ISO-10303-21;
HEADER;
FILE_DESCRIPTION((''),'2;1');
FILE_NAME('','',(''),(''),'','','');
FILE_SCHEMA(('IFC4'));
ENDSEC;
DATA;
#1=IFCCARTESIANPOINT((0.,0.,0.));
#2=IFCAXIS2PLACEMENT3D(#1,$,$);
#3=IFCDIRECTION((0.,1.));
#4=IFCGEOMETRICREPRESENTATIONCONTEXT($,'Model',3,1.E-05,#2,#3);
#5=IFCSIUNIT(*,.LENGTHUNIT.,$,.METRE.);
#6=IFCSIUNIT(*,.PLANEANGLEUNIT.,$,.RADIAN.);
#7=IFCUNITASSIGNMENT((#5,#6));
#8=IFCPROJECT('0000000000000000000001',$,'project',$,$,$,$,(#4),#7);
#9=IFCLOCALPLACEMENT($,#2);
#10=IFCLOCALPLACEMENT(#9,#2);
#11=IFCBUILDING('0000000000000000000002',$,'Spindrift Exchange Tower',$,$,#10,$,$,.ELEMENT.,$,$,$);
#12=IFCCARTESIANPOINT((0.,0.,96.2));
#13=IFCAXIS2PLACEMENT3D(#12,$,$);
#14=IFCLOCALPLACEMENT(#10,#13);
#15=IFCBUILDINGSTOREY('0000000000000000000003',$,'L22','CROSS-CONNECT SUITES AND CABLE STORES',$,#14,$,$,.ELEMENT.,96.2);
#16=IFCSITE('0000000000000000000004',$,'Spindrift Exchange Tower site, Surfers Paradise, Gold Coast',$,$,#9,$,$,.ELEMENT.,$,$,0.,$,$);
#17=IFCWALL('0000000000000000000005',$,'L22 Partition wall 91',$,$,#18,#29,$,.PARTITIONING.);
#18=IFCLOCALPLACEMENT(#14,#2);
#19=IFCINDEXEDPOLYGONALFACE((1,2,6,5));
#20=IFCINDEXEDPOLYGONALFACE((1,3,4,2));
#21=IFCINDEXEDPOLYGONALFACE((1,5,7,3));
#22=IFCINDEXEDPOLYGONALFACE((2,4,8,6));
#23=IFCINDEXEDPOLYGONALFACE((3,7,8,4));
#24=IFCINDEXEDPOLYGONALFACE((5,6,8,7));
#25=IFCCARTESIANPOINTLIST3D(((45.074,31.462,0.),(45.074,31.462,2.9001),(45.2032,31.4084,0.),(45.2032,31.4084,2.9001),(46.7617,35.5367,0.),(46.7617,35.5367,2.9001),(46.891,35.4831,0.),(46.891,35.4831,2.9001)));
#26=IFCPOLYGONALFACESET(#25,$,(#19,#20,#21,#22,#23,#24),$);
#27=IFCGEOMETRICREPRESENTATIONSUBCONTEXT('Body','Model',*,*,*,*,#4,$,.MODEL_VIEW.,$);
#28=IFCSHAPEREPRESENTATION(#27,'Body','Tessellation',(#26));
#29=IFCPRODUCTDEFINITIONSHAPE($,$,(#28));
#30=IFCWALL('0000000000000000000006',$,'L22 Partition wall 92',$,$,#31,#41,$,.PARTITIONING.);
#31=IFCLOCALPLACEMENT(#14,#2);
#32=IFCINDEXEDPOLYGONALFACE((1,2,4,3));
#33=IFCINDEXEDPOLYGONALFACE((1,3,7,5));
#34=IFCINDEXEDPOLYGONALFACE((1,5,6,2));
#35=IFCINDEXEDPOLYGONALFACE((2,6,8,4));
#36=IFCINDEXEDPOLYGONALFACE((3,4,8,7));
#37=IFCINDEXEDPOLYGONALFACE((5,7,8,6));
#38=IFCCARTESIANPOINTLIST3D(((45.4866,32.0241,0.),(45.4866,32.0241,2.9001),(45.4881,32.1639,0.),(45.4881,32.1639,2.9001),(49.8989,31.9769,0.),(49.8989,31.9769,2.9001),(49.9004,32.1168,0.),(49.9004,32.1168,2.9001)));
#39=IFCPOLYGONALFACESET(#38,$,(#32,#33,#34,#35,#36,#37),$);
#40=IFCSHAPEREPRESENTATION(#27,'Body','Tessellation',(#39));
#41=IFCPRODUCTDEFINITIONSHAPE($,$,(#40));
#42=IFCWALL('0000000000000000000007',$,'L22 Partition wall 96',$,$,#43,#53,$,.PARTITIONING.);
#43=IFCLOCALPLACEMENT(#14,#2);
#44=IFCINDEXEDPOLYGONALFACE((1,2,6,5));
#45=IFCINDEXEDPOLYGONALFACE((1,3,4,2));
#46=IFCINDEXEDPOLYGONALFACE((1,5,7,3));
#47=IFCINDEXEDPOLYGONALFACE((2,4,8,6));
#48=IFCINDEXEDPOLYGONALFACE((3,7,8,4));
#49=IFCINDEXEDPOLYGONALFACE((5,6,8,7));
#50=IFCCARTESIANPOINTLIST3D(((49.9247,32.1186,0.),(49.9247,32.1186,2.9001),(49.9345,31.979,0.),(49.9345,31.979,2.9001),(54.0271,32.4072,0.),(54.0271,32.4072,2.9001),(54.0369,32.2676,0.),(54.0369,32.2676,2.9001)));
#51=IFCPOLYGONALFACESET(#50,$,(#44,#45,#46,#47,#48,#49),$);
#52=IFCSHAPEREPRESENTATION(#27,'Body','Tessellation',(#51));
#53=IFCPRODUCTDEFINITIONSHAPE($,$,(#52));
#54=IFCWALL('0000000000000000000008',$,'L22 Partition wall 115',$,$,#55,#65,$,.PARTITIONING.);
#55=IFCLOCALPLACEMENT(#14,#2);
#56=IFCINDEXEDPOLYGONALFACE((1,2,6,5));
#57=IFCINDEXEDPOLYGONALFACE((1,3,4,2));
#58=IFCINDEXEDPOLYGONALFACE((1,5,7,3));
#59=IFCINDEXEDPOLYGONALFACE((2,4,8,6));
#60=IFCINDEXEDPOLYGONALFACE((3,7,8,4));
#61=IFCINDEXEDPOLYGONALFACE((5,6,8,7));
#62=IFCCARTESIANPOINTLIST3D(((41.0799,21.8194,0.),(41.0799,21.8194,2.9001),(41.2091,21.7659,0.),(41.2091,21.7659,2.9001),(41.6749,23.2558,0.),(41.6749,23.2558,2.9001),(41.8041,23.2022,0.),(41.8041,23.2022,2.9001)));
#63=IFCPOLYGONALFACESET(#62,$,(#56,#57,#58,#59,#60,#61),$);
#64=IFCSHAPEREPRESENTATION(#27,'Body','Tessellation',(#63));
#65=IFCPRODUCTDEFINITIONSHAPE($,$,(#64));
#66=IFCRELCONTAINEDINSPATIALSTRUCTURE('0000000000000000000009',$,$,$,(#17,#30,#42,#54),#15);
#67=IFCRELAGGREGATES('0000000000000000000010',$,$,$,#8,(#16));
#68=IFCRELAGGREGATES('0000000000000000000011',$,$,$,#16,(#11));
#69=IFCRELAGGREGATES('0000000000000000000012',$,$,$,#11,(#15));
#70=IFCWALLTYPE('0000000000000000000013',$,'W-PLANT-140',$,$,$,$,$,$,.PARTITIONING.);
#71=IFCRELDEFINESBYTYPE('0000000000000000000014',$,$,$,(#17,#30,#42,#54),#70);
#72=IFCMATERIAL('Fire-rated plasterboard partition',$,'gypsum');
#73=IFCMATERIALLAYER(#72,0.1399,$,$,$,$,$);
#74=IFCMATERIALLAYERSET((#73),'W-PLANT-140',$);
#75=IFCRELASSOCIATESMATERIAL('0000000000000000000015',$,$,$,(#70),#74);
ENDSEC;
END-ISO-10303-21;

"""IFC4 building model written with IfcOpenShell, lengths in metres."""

from ifc_helpers import new_model, si_unit, direction, frame, frame_2d, origin, place, context, subcontext, project, spatial, rectangle, extrude, material, layer, layer_set, type_object, element, save


model = new_model("IFC4")

# Units and contexts
model_context = context("Model", 3, precision=1e-05, world=origin(), true_north=direction((0.0, 1.0)))
body_context = subcontext(model_context, "Body", "Model", "MODEL_VIEW")
ifc_project = project(units=[si_unit("LENGTHUNIT", "METRE"), si_unit("PLANEANGLEUNIT", "RADIAN")], contexts=[model_context])

# Site, building, storey
site_placement = place(None, origin())
site = spatial("IfcSite", under=ifc_project, at=site_placement, Name="Spindrift Exchange Tower site, Surfers Paradise, Gold Coast", CompositionType="ELEMENT", RefElevation=0.0)
building_placement = place(site_placement, origin())
building = spatial("IfcBuilding", under=site, at=building_placement, Name="Spindrift Exchange Tower", CompositionType="ELEMENT")
storey_placement = place(building_placement, frame((0.0, 0.0, 96.2)))
storey = spatial("IfcBuildingStorey", under=building, at=storey_placement, Name="L22", Description="CROSS-CONNECT SUITES AND CABLE STORES", CompositionType="ELEMENT", Elevation=96.2)

# Shared definitions
ifc_material_1 = material(Name="Fire-rated plasterboard partition", Category="gypsum")
ifc_layer_1 = layer(ifc_material_1, 0.1399)
ifc_layer_set_1 = layer_set([ifc_layer_1], Name="W-PLANT-140")
wall_type = type_object("IfcWallType", Name="W-PLANT-140", PredefinedType="PARTITIONING", material=ifc_layer_set_1)

# Walls
wall_1_placement = place(storey_placement, frame((45.1387, 31.4353, 0.0), z_axis=(0.0, 0.0, 1.0), x_axis=(0.382673, 0.923884, 0.0)))
element("IfcWall", 1, at=wall_1_placement, inside=storey, type_object=wall_type, Name="L22 Partition wall 91", PredefinedType="PARTITIONING", context=body_context, shape_type="SweptSolid", body=[
    extrude(rectangle(XDim=4.4104, YDim=0.1399, at=frame_2d((2.2051, 0.0))), origin(), (0.0, 0.0, 1.0), 2.9001),
])
wall_2_placement = place(storey_placement, frame((45.4873, 32.094, 0.0), z_axis=(0.0, 0.0, 1.0), x_axis=(0.999943, -0.010678, 0.0)))
element("IfcWall", 2, at=wall_2_placement, inside=storey, type_object=wall_type, Name="L22 Partition wall 92", PredefinedType="PARTITIONING", context=body_context, shape_type="SweptSolid", body=[
    extrude(rectangle(XDim=4.4126, YDim=0.1399, at=frame_2d((2.2063, 0.0))), origin(), (0.0, 0.0, 1.0), 2.9001),
])
wall_3_placement = place(storey_placement, frame((49.9297, 32.0488, 0.0), z_axis=(0.0, 0.0, 1.0), x_axis=(0.997535, 0.070171, 0.0)))
element("IfcWall", 3, at=wall_3_placement, inside=storey, type_object=wall_type, Name="L22 Partition wall 96", PredefinedType="PARTITIONING", context=body_context, shape_type="SweptSolid", body=[
    extrude(rectangle(XDim=4.1125, YDim=0.1399, at=frame_2d((2.0562, 0.0))), origin(), (0.0, 0.0, 1.0), 2.9001),
])
wall_4_placement = place(storey_placement, frame((41.7395, 23.229, 0.0), z_axis=(0.0, 0.0, 1.0), x_axis=(-0.382708, -0.923869, 0.0)))
element("IfcWall", 4, at=wall_4_placement, inside=storey, type_object=wall_type, Name="L22 Partition wall 115", PredefinedType="PARTITIONING", context=body_context, shape_type="SweptSolid", body=[
    extrude(rectangle(XDim=1.5547, YDim=0.1399, at=frame_2d((0.7773, 0.0))), origin(), (0.0, 0.0, 1.0), 2.9001),
])

save(model, "model.ifc")
